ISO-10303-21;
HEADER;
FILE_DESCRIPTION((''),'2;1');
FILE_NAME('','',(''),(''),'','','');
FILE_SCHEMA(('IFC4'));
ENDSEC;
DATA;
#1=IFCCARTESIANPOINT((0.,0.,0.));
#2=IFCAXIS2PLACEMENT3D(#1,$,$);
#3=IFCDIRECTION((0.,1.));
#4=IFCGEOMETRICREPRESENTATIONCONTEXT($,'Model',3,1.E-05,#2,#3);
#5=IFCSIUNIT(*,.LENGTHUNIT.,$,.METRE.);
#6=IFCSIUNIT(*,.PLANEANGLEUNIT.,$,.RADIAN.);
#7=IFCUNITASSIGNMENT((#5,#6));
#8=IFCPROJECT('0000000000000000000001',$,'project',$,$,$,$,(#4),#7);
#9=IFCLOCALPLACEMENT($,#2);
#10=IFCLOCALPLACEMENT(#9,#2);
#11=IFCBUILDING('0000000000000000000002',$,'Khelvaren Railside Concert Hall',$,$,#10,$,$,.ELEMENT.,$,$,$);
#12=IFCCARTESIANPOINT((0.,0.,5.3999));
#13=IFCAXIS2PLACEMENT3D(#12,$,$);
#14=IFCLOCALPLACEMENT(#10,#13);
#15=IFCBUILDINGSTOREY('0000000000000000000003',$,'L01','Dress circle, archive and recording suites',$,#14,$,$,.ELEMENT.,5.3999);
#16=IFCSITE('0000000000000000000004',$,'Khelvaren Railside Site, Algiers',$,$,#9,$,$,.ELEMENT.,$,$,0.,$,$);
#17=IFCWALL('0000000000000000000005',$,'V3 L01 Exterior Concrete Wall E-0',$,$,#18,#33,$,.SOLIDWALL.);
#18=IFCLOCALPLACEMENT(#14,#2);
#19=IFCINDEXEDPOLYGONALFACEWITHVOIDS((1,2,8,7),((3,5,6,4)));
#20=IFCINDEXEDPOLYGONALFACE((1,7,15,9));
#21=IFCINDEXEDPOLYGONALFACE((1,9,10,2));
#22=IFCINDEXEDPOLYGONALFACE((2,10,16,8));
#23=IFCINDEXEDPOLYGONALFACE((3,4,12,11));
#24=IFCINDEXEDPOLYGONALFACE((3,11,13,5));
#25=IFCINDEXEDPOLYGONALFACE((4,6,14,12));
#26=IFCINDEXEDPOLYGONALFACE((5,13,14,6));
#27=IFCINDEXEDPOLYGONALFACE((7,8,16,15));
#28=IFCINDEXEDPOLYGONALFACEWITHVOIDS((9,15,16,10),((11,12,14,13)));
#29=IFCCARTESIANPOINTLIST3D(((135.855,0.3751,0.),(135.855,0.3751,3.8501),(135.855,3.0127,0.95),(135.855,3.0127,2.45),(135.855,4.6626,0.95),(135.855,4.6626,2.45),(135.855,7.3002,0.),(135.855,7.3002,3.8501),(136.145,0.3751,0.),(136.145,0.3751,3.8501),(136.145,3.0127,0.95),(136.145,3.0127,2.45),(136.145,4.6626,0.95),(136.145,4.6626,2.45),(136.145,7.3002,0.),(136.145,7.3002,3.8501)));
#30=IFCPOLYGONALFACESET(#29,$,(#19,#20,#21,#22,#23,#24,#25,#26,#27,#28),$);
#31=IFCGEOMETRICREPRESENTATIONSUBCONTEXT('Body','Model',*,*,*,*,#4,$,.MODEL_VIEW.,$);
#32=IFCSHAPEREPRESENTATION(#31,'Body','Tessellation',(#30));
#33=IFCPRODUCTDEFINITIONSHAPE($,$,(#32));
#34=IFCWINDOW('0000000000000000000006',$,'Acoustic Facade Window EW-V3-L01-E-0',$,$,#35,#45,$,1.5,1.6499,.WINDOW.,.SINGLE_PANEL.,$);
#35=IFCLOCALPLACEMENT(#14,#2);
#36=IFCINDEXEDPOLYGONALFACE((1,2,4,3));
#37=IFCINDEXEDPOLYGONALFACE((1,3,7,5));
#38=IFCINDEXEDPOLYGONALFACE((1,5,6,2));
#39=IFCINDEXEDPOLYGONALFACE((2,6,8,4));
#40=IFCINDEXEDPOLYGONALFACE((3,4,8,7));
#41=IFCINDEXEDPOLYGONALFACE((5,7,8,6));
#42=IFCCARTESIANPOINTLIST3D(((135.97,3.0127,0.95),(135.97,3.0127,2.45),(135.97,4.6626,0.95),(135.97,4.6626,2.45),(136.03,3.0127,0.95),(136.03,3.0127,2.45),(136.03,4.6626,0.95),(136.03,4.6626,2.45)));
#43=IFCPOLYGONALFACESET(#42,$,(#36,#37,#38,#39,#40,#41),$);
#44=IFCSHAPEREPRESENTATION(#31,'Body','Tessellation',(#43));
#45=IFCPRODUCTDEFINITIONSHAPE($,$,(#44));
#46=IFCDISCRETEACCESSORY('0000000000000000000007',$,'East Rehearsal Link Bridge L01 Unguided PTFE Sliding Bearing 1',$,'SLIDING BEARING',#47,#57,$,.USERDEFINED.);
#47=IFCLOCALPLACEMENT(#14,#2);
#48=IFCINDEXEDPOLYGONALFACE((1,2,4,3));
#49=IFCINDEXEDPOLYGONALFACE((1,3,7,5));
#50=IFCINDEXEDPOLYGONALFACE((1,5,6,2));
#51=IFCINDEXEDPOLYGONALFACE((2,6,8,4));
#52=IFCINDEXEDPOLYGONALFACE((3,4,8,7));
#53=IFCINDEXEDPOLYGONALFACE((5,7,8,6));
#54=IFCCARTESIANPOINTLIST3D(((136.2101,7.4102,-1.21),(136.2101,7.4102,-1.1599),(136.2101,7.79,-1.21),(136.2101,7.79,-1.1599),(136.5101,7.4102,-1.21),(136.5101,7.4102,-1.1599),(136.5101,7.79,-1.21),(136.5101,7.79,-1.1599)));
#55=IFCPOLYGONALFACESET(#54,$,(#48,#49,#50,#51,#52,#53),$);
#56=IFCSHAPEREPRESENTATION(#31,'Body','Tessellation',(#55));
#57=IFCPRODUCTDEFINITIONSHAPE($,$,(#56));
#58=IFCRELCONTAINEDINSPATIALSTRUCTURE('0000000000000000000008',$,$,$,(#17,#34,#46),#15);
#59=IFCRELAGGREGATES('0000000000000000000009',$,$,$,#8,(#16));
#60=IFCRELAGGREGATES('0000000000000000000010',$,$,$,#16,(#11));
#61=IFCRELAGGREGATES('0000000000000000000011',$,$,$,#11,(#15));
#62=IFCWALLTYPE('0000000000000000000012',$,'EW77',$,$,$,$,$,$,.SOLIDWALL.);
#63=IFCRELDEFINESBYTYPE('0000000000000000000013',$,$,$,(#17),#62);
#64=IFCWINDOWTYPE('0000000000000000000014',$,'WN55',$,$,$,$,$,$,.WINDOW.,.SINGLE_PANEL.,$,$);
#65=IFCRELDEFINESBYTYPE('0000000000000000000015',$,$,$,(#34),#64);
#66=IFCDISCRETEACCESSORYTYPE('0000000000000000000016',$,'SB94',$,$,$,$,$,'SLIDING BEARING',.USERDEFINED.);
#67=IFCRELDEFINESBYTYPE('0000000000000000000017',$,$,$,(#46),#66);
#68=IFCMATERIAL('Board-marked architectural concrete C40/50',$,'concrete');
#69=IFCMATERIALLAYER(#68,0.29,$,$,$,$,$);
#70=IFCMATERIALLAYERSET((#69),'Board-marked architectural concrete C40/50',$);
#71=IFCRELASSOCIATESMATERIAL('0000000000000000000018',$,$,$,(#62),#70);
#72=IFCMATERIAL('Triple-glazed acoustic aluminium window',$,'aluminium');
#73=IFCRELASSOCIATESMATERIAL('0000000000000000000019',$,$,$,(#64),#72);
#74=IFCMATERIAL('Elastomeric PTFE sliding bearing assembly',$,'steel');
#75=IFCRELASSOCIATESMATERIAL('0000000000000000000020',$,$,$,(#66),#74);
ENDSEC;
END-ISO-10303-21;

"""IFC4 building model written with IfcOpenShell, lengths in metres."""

from ifc_helpers import new_model, si_unit, direction, frame, frame_2d, origin, origin_2d, place, context, subcontext, project, spatial, rectangle, extrude, material, layer, layer_set, type_object, element, fill, save


model = new_model("IFC4")

# Units and contexts
model_context = context("Model", 3, precision=1e-05, world=origin(), true_north=direction((0.0, 1.0)))
body_context = subcontext(model_context, "Body", "Model", "MODEL_VIEW")
ifc_project = project(units=[si_unit("LENGTHUNIT", "METRE"), si_unit("PLANEANGLEUNIT", "RADIAN")], contexts=[model_context])

# Site, building, storey
site_placement = place(None, origin())
site = spatial("IfcSite", under=ifc_project, at=site_placement, Name="Khelvaren Railside Site, Algiers", CompositionType="ELEMENT", RefElevation=0.0)
building_placement = place(site_placement, origin())
building = spatial("IfcBuilding", under=site, at=building_placement, Name="Khelvaren Railside Concert Hall", CompositionType="ELEMENT")
storey_placement = place(building_placement, frame((0.0, 0.0, 5.3999)))
storey = spatial("IfcBuildingStorey", under=building, at=storey_placement, Name="L01", Description="Dress circle, archive and recording suites", CompositionType="ELEMENT", Elevation=5.3999)

# Wall, opening, window
ifc_material_1 = material(Name="Board-marked architectural concrete C40/50", Category="concrete")
ifc_layer_1 = layer(ifc_material_1, 0.29)
ifc_layer_set_1 = layer_set([ifc_layer_1], Name="Board-marked architectural concrete C40/50")
wall_type = type_object("IfcWallType", Name="EW77", PredefinedType="SOLIDWALL", material=ifc_layer_set_1)
wall_placement = place(storey_placement, frame((136.0, 7.3, 0.0), z_axis=(0.0, 0.0, 1.0), x_axis=(0.0, -1.0, 0.0)))
wall = element("IfcWall", 1, at=wall_placement, inside=storey, type_object=wall_type, Name="V3 L01 Exterior Concrete Wall E-0", PredefinedType="SOLIDWALL", context=body_context, shape_type="SweptSolid", body=[
    extrude(rectangle(XDim=6.925, YDim=0.29, at=frame_2d((3.4624, 0.0))), origin(), (0.0, 0.0, 1.0), 3.8501),
])
opening_placement = place(wall_placement, frame((2.6375, 0.0, 0.95)))
opening = element("IfcOpeningElement", 2, at=opening_placement, cuts=wall, PredefinedType="OPENING", context=body_context, shape_type="SweptSolid", body=[
    extrude(rectangle(XDim=1.6499, YDim=1.5, at=frame_2d((0.825, 0.75))), frame((0.0, 0.155, 0.0), z_axis=(0.0, -1.0, 0.0), x_axis=(1.0, 0.0, 0.0)), (0.0, 0.0, 1.0), 0.3101),
])
ifc_material_2 = material(Name="Triple-glazed acoustic aluminium window", Category="aluminium")
window_type = type_object("IfcWindowType", Name="WN55", PartitioningType="SINGLE_PANEL", PredefinedType="WINDOW", material=ifc_material_2)
window_placement = place(opening_placement, origin())
window = element("IfcWindow", 3, at=window_placement, inside=storey, type_object=window_type, Name="Acoustic Facade Window EW-V3-L01-E-0", OverallHeight=1.5, OverallWidth=1.6499, PartitioningType="SINGLE_PANEL", PredefinedType="WINDOW", context=body_context, shape_type="SweptSolid", body=[
    extrude(rectangle(XDim=1.6499, YDim=1.5, at=frame_2d((0.825, 0.75))), frame((0.0, 0.03, 0.0), z_axis=(0.0, -1.0, 0.0), x_axis=(1.0, 0.0, 0.0)), (0.0, 0.0, 1.0), 0.0601),
])
fill(opening, window)

# Discrete accessory
ifc_material_3 = material(Name="Elastomeric PTFE sliding bearing assembly", Category="steel")
discrete_accessory_type = type_object("IfcDiscreteAccessoryType", Name="SB94", ElementType="SLIDING BEARING", PredefinedType="USERDEFINED", material=ifc_material_3)
discrete_accessory_placement = place(storey_placement, frame((136.3601, 7.6001, -1.21), z_axis=(0.0, 0.0, 1.0), x_axis=(1.0, 0.0, 0.0)))
element("IfcDiscreteAccessory", 4, at=discrete_accessory_placement, inside=storey, type_object=discrete_accessory_type, Name="East Rehearsal Link Bridge L01 Unguided PTFE Sliding Bearing 1", ObjectType="SLIDING BEARING", PredefinedType="USERDEFINED", context=body_context, shape_type="SweptSolid", body=[
    extrude(rectangle(XDim=0.3, YDim=0.3799, at=origin_2d()), origin(), (0.0, 0.0, 1.0), 0.05),
])

save(model, "model.ifc")
